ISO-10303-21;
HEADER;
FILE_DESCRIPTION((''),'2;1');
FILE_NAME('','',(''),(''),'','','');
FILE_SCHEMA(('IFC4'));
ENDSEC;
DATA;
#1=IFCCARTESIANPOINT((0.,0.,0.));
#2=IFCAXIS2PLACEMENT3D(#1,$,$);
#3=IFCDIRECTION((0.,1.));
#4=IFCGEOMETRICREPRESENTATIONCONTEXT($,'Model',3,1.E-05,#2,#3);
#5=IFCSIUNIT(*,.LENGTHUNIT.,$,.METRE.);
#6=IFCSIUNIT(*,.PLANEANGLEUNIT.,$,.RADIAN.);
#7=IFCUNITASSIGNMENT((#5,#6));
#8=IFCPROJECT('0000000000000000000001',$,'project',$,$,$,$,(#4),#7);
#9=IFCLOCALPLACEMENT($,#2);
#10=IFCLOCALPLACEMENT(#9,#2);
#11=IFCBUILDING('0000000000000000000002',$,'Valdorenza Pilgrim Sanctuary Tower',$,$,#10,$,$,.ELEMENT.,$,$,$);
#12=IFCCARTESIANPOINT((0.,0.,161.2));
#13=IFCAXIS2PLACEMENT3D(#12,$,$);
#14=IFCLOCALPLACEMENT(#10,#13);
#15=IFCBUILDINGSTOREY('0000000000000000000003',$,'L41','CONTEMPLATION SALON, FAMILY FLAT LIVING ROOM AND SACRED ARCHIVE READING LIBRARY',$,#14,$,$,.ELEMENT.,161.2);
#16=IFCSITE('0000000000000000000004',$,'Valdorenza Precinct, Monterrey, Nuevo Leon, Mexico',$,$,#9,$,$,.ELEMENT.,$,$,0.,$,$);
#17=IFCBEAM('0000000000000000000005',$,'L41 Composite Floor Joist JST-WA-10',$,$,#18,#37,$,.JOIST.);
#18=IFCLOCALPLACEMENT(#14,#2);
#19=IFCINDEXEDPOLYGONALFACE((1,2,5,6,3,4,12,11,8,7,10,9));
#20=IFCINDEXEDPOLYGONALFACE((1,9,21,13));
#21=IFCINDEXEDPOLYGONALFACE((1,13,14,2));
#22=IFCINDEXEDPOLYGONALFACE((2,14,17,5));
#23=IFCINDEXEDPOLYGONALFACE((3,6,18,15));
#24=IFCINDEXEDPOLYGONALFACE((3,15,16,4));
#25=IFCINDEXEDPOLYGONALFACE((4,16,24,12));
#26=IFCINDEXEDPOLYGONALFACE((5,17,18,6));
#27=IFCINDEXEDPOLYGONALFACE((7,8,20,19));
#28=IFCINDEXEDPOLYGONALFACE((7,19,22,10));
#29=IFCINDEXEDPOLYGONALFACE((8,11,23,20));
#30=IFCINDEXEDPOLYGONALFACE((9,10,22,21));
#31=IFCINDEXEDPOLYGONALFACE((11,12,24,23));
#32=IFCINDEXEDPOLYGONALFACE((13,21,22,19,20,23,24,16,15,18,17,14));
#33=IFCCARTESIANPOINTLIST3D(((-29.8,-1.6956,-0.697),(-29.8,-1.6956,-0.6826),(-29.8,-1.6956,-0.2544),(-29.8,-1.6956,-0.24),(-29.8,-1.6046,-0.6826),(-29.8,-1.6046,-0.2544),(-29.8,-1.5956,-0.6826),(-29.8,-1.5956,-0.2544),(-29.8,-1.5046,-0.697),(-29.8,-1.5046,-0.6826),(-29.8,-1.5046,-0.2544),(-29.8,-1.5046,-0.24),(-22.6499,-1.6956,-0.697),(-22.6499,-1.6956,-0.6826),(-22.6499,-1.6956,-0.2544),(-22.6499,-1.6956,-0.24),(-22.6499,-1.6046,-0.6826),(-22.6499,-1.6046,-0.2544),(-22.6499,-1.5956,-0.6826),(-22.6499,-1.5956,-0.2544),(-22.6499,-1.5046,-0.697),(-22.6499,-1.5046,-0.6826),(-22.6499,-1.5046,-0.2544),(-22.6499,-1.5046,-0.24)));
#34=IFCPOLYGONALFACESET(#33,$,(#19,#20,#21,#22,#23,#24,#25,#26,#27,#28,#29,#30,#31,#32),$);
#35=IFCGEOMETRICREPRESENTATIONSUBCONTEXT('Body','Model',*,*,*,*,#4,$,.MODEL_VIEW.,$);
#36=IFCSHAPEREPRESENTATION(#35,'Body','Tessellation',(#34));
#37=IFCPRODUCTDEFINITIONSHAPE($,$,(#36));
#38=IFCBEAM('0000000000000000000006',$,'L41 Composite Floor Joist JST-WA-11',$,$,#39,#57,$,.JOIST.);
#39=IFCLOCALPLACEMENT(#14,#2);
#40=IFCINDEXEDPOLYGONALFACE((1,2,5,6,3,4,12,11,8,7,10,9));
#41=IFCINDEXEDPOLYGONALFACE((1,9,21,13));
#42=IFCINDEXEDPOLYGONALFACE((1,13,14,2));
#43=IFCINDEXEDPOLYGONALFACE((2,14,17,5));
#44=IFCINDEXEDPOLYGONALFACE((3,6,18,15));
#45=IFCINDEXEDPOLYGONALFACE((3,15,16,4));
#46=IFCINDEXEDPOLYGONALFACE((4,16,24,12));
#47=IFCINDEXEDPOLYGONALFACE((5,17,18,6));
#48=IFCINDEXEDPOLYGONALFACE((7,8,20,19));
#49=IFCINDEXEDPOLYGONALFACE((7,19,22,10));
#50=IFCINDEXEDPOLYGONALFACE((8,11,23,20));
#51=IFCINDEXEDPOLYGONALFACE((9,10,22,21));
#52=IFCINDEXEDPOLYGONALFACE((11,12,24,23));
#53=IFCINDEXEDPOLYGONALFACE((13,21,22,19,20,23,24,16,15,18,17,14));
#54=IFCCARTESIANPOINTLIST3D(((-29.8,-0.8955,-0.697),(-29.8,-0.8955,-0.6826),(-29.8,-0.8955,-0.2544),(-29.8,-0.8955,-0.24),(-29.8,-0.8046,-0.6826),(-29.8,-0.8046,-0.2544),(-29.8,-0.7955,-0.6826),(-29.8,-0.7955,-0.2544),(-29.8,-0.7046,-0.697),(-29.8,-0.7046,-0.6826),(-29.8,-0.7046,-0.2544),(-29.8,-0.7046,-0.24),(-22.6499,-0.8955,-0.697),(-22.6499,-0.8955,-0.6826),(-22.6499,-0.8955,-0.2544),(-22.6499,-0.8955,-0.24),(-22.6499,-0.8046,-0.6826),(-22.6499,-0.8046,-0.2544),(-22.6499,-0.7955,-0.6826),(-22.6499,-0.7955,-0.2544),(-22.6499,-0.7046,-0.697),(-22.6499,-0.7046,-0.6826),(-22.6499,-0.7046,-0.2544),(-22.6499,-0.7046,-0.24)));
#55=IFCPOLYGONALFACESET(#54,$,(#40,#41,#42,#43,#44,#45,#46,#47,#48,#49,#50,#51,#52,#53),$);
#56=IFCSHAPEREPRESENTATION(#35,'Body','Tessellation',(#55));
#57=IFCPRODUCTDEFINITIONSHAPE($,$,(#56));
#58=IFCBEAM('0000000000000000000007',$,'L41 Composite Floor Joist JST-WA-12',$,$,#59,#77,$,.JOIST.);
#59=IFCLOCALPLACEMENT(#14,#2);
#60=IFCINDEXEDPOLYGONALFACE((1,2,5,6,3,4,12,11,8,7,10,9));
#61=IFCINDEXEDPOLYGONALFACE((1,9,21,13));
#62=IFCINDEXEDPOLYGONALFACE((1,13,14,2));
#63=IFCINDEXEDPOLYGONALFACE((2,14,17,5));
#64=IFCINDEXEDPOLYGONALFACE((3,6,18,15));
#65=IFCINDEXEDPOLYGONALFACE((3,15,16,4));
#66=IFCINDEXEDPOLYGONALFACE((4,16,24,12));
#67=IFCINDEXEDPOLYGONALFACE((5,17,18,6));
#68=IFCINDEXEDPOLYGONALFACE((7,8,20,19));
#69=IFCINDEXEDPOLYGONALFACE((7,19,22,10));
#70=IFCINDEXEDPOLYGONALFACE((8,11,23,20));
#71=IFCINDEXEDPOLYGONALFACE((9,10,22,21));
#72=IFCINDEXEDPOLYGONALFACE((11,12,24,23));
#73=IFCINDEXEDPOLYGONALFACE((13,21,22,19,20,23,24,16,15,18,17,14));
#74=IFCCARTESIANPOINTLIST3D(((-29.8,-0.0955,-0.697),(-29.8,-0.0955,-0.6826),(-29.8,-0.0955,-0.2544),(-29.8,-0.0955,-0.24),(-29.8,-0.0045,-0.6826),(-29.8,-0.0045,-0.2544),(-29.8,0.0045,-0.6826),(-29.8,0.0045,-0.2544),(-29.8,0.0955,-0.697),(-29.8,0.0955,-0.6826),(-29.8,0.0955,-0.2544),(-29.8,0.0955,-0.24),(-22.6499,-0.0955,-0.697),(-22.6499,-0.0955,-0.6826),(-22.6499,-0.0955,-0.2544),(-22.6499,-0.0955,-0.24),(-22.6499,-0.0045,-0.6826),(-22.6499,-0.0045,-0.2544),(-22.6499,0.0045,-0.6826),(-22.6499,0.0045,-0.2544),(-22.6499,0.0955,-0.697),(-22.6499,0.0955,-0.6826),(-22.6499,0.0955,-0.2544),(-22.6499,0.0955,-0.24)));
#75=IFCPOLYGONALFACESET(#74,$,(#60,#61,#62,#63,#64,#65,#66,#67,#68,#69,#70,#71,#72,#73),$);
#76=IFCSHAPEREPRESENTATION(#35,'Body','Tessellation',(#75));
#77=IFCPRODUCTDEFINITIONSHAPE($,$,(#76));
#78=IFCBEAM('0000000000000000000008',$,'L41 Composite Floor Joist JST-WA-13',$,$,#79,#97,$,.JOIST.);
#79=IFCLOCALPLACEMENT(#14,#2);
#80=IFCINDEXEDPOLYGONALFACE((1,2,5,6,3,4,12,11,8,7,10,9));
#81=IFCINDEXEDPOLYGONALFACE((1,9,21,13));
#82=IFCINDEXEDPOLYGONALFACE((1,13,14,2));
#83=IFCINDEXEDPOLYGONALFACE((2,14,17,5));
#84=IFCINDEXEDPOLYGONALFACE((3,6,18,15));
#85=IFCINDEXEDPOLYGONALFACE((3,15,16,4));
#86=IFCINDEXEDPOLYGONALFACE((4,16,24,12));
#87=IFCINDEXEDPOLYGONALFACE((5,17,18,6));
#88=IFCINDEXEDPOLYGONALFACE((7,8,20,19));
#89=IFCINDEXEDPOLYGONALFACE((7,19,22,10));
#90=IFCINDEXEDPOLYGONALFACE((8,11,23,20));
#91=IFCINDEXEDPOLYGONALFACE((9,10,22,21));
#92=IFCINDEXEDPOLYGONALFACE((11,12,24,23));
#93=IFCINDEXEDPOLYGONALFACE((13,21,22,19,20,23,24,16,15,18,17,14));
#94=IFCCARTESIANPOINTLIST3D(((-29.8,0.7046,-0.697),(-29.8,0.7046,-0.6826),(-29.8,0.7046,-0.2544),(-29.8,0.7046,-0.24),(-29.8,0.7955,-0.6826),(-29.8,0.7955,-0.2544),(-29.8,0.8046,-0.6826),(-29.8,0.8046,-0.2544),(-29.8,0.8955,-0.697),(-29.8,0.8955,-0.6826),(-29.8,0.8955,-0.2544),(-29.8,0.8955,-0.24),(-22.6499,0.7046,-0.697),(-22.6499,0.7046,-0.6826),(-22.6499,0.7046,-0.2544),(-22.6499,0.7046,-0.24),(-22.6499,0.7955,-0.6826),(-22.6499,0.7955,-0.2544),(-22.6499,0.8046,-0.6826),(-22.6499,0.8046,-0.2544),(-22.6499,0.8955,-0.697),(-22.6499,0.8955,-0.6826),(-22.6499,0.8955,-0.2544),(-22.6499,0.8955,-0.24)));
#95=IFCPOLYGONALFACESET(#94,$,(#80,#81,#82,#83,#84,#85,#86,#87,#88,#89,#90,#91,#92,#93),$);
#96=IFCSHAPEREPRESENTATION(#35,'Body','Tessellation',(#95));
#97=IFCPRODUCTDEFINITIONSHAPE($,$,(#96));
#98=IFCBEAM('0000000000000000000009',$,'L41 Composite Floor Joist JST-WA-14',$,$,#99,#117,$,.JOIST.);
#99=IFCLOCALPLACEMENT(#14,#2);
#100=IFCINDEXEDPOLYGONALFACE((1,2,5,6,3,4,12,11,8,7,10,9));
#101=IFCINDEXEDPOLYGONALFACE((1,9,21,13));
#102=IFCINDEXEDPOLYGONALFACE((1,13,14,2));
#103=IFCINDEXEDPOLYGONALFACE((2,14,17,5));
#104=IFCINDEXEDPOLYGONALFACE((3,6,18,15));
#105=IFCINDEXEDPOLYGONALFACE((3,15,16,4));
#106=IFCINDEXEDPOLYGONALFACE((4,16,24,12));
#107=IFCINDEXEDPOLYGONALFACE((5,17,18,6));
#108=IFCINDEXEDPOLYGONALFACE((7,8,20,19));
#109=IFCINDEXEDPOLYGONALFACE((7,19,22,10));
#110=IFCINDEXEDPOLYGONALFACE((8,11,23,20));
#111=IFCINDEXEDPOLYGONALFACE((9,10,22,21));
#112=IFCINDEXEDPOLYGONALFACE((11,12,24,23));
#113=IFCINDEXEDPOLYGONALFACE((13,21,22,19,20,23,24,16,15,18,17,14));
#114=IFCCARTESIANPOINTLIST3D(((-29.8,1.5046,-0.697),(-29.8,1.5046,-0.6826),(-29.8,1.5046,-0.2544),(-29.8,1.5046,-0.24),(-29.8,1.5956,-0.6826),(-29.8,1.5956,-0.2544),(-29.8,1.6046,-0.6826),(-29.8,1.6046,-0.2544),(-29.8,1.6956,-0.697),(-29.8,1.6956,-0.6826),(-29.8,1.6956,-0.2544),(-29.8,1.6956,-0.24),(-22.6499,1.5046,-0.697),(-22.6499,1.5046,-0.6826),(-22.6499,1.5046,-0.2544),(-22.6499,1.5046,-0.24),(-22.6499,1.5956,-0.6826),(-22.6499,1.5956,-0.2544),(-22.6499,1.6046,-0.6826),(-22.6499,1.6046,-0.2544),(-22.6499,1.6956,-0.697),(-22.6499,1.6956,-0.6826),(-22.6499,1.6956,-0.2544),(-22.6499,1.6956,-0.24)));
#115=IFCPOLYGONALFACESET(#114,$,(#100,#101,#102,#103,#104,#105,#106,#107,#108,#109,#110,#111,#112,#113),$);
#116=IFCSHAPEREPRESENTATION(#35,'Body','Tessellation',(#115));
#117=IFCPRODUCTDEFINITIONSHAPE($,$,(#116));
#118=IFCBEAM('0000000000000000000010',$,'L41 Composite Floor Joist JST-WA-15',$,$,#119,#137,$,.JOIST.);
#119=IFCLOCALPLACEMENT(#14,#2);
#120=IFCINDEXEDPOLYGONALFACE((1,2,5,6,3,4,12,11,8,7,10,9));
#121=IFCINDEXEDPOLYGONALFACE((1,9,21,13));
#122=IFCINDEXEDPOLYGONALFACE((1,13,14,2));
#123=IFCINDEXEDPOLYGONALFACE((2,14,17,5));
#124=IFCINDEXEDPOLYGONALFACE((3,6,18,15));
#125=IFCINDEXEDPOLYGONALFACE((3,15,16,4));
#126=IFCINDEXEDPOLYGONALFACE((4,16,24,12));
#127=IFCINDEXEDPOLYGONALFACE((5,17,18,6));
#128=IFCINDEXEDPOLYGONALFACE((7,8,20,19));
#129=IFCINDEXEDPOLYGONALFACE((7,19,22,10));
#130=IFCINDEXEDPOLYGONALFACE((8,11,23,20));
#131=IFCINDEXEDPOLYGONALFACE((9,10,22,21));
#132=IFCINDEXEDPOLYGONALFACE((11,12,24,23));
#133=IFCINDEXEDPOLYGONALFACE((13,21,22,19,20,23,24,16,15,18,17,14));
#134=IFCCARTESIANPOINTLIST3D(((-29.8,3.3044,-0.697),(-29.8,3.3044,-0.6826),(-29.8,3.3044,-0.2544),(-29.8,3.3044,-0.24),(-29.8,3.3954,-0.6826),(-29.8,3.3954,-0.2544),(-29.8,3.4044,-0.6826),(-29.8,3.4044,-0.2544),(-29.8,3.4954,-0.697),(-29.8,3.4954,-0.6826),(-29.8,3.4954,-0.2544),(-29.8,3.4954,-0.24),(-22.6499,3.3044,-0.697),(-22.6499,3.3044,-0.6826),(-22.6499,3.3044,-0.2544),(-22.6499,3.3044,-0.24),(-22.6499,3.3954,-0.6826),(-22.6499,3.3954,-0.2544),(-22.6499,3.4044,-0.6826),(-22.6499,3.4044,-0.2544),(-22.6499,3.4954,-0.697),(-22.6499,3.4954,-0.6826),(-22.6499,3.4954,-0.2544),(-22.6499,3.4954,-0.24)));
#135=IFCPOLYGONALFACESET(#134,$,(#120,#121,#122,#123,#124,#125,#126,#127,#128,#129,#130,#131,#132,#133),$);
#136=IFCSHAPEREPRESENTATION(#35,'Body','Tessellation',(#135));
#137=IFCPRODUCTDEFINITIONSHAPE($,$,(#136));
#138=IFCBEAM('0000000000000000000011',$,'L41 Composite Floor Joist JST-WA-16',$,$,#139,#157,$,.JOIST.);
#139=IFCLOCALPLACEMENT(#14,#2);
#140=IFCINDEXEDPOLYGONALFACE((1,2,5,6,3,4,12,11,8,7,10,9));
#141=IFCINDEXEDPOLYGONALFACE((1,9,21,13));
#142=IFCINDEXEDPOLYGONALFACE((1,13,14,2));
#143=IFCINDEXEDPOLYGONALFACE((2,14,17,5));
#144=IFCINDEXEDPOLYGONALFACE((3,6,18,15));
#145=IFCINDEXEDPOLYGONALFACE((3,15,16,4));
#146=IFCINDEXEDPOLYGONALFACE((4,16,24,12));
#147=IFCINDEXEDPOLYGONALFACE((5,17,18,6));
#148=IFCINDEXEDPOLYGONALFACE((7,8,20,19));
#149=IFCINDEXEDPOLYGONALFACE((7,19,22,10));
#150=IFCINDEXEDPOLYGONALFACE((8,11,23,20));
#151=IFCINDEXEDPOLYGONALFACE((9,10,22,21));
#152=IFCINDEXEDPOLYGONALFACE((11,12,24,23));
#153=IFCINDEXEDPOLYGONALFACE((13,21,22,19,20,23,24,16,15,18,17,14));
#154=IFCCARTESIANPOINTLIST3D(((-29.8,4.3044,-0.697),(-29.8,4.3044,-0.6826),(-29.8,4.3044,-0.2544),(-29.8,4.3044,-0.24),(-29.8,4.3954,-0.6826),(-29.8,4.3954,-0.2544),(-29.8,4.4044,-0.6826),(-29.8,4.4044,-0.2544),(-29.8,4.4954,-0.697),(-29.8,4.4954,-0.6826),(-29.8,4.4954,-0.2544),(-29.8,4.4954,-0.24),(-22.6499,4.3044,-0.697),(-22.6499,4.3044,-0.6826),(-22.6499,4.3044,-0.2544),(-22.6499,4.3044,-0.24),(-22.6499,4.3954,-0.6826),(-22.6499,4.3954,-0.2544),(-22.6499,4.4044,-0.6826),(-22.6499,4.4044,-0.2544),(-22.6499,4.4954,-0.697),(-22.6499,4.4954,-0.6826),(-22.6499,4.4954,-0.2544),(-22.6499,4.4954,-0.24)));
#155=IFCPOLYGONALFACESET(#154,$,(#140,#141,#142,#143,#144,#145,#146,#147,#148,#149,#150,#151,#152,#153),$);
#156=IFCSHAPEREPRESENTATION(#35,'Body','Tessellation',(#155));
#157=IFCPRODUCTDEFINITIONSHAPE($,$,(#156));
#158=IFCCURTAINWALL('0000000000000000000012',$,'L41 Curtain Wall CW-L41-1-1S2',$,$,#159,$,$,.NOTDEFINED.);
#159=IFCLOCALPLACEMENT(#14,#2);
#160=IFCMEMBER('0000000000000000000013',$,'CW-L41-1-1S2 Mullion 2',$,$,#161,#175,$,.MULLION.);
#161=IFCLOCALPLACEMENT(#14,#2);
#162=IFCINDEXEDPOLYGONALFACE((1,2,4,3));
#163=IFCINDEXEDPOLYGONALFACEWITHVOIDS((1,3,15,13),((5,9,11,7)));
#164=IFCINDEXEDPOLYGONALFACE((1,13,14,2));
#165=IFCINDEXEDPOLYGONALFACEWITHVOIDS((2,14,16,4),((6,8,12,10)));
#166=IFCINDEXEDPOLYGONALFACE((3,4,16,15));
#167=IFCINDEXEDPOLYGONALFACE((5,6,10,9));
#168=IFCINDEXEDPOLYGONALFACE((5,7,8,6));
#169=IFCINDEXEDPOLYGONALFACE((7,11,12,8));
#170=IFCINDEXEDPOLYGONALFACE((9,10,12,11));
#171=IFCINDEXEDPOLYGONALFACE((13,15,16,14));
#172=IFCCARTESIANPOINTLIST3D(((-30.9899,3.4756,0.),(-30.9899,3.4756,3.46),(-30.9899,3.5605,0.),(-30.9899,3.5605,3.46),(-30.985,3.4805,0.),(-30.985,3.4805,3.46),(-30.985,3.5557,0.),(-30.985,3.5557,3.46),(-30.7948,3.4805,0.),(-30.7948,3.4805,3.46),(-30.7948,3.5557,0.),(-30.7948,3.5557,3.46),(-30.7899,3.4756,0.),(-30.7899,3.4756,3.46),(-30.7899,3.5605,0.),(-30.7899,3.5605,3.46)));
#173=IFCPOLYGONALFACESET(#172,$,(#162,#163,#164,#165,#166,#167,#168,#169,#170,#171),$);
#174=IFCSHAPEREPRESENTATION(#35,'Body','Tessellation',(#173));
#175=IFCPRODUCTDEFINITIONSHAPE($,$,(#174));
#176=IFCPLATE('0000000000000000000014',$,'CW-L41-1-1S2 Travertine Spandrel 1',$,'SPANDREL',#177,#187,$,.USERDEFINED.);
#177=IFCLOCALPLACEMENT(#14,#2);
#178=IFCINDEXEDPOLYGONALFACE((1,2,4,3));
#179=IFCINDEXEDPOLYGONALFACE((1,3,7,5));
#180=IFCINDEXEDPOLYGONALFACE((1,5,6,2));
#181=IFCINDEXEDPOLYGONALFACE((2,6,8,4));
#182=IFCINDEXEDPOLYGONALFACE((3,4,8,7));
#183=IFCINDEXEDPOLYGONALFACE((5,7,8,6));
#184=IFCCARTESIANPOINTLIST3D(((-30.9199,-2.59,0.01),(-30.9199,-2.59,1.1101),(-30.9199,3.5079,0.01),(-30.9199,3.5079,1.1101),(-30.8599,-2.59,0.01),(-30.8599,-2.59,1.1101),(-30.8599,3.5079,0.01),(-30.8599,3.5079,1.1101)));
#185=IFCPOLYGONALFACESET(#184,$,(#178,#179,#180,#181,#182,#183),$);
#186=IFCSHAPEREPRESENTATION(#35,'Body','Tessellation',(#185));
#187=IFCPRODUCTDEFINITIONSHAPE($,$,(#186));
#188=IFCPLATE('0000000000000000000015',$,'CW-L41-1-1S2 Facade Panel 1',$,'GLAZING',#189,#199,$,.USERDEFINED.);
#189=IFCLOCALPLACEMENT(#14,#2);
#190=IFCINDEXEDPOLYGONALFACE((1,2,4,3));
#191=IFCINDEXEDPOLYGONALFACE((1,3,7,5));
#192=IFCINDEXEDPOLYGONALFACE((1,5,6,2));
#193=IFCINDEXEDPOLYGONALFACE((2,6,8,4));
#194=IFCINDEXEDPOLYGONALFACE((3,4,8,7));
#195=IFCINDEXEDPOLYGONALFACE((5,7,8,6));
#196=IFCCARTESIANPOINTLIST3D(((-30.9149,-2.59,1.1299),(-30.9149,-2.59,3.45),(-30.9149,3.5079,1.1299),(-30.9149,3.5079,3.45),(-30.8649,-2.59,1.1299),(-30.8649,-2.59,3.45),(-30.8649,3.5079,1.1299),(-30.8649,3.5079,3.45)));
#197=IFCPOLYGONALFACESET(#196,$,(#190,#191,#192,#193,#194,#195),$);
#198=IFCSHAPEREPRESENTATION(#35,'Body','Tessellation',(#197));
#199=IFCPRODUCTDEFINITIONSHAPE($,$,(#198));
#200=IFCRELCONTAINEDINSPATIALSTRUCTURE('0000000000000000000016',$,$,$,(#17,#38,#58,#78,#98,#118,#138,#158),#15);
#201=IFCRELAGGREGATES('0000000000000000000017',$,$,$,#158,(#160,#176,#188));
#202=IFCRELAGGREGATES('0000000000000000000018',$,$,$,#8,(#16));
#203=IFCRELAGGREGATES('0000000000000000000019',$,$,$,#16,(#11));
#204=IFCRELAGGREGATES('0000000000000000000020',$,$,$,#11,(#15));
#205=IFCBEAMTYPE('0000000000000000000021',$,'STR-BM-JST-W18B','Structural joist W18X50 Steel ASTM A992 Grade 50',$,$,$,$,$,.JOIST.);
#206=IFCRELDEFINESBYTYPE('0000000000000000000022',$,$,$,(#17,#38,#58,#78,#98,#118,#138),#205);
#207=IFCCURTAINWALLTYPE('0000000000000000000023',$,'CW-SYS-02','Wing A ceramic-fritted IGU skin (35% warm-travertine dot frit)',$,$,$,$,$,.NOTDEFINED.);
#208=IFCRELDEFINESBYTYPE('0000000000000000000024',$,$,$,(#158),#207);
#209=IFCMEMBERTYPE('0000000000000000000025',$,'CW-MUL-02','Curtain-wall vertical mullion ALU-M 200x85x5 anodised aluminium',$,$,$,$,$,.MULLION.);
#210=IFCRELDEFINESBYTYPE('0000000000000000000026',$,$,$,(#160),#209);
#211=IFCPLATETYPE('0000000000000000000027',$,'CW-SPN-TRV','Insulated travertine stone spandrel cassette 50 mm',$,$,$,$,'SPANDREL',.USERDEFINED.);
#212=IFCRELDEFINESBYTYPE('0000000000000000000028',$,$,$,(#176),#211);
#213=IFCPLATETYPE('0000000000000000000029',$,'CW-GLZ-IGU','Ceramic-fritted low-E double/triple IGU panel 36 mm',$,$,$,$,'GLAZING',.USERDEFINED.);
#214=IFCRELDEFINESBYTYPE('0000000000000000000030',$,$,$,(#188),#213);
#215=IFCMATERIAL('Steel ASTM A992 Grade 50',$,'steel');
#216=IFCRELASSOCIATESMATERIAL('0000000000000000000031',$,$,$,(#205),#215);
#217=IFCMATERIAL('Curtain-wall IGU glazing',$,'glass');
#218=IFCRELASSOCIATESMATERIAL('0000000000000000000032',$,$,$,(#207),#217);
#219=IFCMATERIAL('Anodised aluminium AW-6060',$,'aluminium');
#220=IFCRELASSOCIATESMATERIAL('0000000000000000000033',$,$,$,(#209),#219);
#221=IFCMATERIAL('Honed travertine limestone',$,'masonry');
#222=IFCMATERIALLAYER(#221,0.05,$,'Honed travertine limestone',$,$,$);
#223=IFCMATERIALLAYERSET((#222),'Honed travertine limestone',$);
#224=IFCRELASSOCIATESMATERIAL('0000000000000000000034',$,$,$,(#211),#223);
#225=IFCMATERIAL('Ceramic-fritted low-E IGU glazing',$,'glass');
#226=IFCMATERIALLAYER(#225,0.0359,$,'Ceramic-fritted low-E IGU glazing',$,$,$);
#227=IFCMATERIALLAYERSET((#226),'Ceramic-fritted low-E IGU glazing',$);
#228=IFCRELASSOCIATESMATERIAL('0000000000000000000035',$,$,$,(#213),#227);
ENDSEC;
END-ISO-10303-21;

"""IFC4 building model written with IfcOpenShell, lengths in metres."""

from ifc_helpers import new_model, si_unit, direction, frame, origin, origin_2d, place, context, subcontext, project, spatial, rectangle, hollow_rectangle, i_section, extrude, source, transform, mapped, material, layer, layer_set, material_profile, profile_set, type_object, element, aggregate, save


model = new_model("IFC4")

# Units and contexts
model_context = context("Model", 3, precision=1e-05, world=origin(), true_north=direction((0.0, 1.0)))
body_context = subcontext(model_context, "Body", "Model", "MODEL_VIEW")
ifc_project = project(units=[si_unit("LENGTHUNIT", "METRE"), si_unit("PLANEANGLEUNIT", "RADIAN")], contexts=[model_context])

# Site, building, storey
site_placement = place(None, origin())
site = spatial("IfcSite", under=ifc_project, at=site_placement, Name="Valdorenza Precinct, Monterrey, Nuevo Leon, Mexico", CompositionType="ELEMENT", RefElevation=0.0)
building_placement = place(site_placement, origin())
building = spatial("IfcBuilding", under=site, at=building_placement, Name="Valdorenza Pilgrim Sanctuary Tower", CompositionType="ELEMENT")
storey_placement = place(building_placement, frame((0.0, 0.0, 161.2)))
storey = spatial("IfcBuildingStorey", under=building, at=storey_placement, Name="L41", Description="CONTEMPLATION SALON, FAMILY FLAT LIVING ROOM AND SACRED ARCHIVE READING LIBRARY", CompositionType="ELEMENT", Elevation=161.2)

# Beams
ifc_material_1 = material(Name="Steel ASTM A992 Grade 50", Category="steel")
ifc_material_profile_1 = material_profile(ifc_material_1, i_section(OverallWidth=0.1909, OverallDepth=0.457, WebThickness=0.009, FlangeThickness=0.0144, at=origin_2d()), Name="W18X50")
ifc_profile_set_1 = profile_set([ifc_material_profile_1], Name="Steel ASTM A992 Grade 50")
beam_type = type_object("IfcBeamType", Name="STR-BM-JST-W18B", Description="Structural joist W18X50 Steel ASTM A992 Grade 50", PredefinedType="JOIST", material=ifc_profile_set_1)
shared_shape_1 = source(origin(), body_context, "Body", "SweptSolid", [
    extrude(i_section(OverallWidth=0.1909, OverallDepth=0.457, WebThickness=0.009, FlangeThickness=0.0144, at=origin_2d()), origin(), (0.0, 0.0, 1.0), 7.1501),
])
for number, where, z_axis, x_axis, name in (
    (1, (-29.8, -1.6001, -0.4685), (1.0, 0.0, 0.0), (0.0, 1.0, 0.0), "L41 Composite Floor Joist JST-WA-10"),
    (2, (-29.8, -0.8, -0.4685), (1.0, 0.0, 0.0), (0.0, 1.0, 0.0), "L41 Composite Floor Joist JST-WA-11"),
    (3, (-29.8, 0.0, -0.4685), (1.0, 0.0, 0.0), (0.0, 1.0, 0.0), "L41 Composite Floor Joist JST-WA-12"),
    (4, (-29.8, 0.8, -0.4685), (1.0, 0.0, 0.0), (0.0, 1.0, 0.0), "L41 Composite Floor Joist JST-WA-13"),
    (5, (-29.8, 1.6001, -0.4685), (1.0, 0.0, 0.0), (0.0, 1.0, 0.0), "L41 Composite Floor Joist JST-WA-14"),
    (6, (-29.8, 3.3999, -0.4685), (1.0, 0.0, 0.0), (0.0, 1.0, 0.0), "L41 Composite Floor Joist JST-WA-15"),
    (7, (-29.8, 4.3999, -0.4685), (1.0, 0.0, 0.0), (0.0, 1.0, 0.0), "L41 Composite Floor Joist JST-WA-16"),
):
    element("IfcBeam", number, at=place(storey_placement, frame(where, z_axis=z_axis, x_axis=x_axis)), inside=storey, type_object=beam_type, Name=name, PredefinedType="JOIST", context=body_context, shape_type="MappedRepresentation", body=[
        mapped(shared_shape_1, transform((0.0, 0.0, 0.0), x_axis=(1.0, 0.0, 0.0), y_axis=(0.0, 1.0, 0.0), z_axis=(0.0, 0.0, 1.0), scale=1.0)),
    ])

# Curtain wall, member, plates
ifc_material_2 = material(Name="Curtain-wall IGU glazing", Category="glass")
curtain_wall_type = type_object("IfcCurtainWallType", Name="CW-SYS-02", Description="Wing A ceramic-fritted IGU skin (35% warm-travertine dot frit)", PredefinedType="NOTDEFINED", material=ifc_material_2)
curtain_wall_placement = place(storey_placement, origin())
curtain_wall = element("IfcCurtainWall", 8, at=curtain_wall_placement, inside=storey, type_object=curtain_wall_type, Name="L41 Curtain Wall CW-L41-1-1S2", PredefinedType="NOTDEFINED")
ifc_material_3 = material(Name="Anodised aluminium AW-6060", Category="aluminium")
ifc_material_profile_2 = material_profile(ifc_material_3, hollow_rectangle(XDim=0.085, YDim=0.2, WallThickness=0.0049, at=origin_2d()), Name="ALU-M 200x85x5")
ifc_profile_set_2 = profile_set([ifc_material_profile_2], Name="Anodised aluminium AW-6060")
member_type = type_object("IfcMemberType", Name="CW-MUL-02", Description="Curtain-wall vertical mullion ALU-M 200x85x5 anodised aluminium", PredefinedType="MULLION", material=ifc_profile_set_2)
shared_shape_2 = source(origin(), body_context, "Body", "SweptSolid", [
    extrude(hollow_rectangle(XDim=0.085, YDim=0.2, WallThickness=0.0049, at=origin_2d()), origin(), (0.0, 0.0, 1.0), 3.46),
])
member_placement = place(storey_placement, frame((-30.8899, 3.5181, 0.0), z_axis=(0.0, 0.0, 1.0), x_axis=(0.0, 1.0, 0.0)))
member = element("IfcMember", 9, at=member_placement, type_object=member_type, Name="CW-L41-1-1S2 Mullion 2", PredefinedType="MULLION", context=body_context, shape_type="MappedRepresentation", body=[
    mapped(shared_shape_2, transform((0.0, 0.0, 0.0), x_axis=(1.0, 0.0, 0.0), y_axis=(0.0, 1.0, 0.0), z_axis=(0.0, 0.0, 1.0), scale=1.0)),
])
ifc_material_4 = material(Name="Honed travertine limestone", Category="masonry")
ifc_layer_1 = layer(ifc_material_4, 0.05, Name="Honed travertine limestone")
ifc_layer_set_1 = layer_set([ifc_layer_1], Name="Honed travertine limestone")
plate_type_1 = type_object("IfcPlateType", Name="CW-SPN-TRV", Description="Insulated travertine stone spandrel cassette 50 mm", ElementType="SPANDREL", PredefinedType="USERDEFINED", material=ifc_layer_set_1)
shared_shape_3 = source(origin(), body_context, "Body", "SweptSolid", [
    extrude(rectangle(XDim=6.0979, YDim=0.0601, at=origin_2d()), origin(), (0.0, 0.0, 1.0), 1.1001),
])
plate_1_placement = place(storey_placement, frame((-30.8899, 0.459, 0.01), z_axis=(0.0, 0.0, 1.0), x_axis=(0.0, 1.0, 0.0)))
plate_1 = element("IfcPlate", 10, at=plate_1_placement, type_object=plate_type_1, Name="CW-L41-1-1S2 Travertine Spandrel 1", ObjectType="SPANDREL", PredefinedType="USERDEFINED", context=body_context, shape_type="MappedRepresentation", body=[
    mapped(shared_shape_3, transform((0.0, 0.0, 0.0), x_axis=(1.0, 0.0, 0.0), y_axis=(0.0, 1.0, 0.0), z_axis=(0.0, 0.0, 1.0), scale=1.0)),
])
ifc_material_5 = material(Name="Ceramic-fritted low-E IGU glazing", Category="glass")
ifc_layer_2 = layer(ifc_material_5, 0.0359, Name="Ceramic-fritted low-E IGU glazing")
ifc_layer_set_2 = layer_set([ifc_layer_2], Name="Ceramic-fritted low-E IGU glazing")
plate_type_2 = type_object("IfcPlateType", Name="CW-GLZ-IGU", Description="Ceramic-fritted low-E double/triple IGU panel 36 mm", ElementType="GLAZING", PredefinedType="USERDEFINED", material=ifc_layer_set_2)
shared_shape_4 = source(origin(), body_context, "Body", "SweptSolid", [
    extrude(rectangle(XDim=6.0979, YDim=0.05, at=origin_2d()), origin(), (0.0, 0.0, 1.0), 2.3201),
])
plate_2_placement = place(storey_placement, frame((-30.8899, 0.459, 1.1299), z_axis=(0.0, 0.0, 1.0), x_axis=(0.0, 1.0, 0.0)))
plate_2 = element("IfcPlate", 11, at=plate_2_placement, type_object=plate_type_2, Name="CW-L41-1-1S2 Facade Panel 1", ObjectType="GLAZING", PredefinedType="USERDEFINED", context=body_context, shape_type="MappedRepresentation", body=[
    mapped(shared_shape_4, transform((0.0, 0.0, 0.0), x_axis=(1.0, 0.0, 0.0), y_axis=(0.0, 1.0, 0.0), z_axis=(0.0, 0.0, 1.0), scale=1.0)),
])
aggregate(curtain_wall, [member, plate_1, plate_2])

save(model, "model.ifc")
